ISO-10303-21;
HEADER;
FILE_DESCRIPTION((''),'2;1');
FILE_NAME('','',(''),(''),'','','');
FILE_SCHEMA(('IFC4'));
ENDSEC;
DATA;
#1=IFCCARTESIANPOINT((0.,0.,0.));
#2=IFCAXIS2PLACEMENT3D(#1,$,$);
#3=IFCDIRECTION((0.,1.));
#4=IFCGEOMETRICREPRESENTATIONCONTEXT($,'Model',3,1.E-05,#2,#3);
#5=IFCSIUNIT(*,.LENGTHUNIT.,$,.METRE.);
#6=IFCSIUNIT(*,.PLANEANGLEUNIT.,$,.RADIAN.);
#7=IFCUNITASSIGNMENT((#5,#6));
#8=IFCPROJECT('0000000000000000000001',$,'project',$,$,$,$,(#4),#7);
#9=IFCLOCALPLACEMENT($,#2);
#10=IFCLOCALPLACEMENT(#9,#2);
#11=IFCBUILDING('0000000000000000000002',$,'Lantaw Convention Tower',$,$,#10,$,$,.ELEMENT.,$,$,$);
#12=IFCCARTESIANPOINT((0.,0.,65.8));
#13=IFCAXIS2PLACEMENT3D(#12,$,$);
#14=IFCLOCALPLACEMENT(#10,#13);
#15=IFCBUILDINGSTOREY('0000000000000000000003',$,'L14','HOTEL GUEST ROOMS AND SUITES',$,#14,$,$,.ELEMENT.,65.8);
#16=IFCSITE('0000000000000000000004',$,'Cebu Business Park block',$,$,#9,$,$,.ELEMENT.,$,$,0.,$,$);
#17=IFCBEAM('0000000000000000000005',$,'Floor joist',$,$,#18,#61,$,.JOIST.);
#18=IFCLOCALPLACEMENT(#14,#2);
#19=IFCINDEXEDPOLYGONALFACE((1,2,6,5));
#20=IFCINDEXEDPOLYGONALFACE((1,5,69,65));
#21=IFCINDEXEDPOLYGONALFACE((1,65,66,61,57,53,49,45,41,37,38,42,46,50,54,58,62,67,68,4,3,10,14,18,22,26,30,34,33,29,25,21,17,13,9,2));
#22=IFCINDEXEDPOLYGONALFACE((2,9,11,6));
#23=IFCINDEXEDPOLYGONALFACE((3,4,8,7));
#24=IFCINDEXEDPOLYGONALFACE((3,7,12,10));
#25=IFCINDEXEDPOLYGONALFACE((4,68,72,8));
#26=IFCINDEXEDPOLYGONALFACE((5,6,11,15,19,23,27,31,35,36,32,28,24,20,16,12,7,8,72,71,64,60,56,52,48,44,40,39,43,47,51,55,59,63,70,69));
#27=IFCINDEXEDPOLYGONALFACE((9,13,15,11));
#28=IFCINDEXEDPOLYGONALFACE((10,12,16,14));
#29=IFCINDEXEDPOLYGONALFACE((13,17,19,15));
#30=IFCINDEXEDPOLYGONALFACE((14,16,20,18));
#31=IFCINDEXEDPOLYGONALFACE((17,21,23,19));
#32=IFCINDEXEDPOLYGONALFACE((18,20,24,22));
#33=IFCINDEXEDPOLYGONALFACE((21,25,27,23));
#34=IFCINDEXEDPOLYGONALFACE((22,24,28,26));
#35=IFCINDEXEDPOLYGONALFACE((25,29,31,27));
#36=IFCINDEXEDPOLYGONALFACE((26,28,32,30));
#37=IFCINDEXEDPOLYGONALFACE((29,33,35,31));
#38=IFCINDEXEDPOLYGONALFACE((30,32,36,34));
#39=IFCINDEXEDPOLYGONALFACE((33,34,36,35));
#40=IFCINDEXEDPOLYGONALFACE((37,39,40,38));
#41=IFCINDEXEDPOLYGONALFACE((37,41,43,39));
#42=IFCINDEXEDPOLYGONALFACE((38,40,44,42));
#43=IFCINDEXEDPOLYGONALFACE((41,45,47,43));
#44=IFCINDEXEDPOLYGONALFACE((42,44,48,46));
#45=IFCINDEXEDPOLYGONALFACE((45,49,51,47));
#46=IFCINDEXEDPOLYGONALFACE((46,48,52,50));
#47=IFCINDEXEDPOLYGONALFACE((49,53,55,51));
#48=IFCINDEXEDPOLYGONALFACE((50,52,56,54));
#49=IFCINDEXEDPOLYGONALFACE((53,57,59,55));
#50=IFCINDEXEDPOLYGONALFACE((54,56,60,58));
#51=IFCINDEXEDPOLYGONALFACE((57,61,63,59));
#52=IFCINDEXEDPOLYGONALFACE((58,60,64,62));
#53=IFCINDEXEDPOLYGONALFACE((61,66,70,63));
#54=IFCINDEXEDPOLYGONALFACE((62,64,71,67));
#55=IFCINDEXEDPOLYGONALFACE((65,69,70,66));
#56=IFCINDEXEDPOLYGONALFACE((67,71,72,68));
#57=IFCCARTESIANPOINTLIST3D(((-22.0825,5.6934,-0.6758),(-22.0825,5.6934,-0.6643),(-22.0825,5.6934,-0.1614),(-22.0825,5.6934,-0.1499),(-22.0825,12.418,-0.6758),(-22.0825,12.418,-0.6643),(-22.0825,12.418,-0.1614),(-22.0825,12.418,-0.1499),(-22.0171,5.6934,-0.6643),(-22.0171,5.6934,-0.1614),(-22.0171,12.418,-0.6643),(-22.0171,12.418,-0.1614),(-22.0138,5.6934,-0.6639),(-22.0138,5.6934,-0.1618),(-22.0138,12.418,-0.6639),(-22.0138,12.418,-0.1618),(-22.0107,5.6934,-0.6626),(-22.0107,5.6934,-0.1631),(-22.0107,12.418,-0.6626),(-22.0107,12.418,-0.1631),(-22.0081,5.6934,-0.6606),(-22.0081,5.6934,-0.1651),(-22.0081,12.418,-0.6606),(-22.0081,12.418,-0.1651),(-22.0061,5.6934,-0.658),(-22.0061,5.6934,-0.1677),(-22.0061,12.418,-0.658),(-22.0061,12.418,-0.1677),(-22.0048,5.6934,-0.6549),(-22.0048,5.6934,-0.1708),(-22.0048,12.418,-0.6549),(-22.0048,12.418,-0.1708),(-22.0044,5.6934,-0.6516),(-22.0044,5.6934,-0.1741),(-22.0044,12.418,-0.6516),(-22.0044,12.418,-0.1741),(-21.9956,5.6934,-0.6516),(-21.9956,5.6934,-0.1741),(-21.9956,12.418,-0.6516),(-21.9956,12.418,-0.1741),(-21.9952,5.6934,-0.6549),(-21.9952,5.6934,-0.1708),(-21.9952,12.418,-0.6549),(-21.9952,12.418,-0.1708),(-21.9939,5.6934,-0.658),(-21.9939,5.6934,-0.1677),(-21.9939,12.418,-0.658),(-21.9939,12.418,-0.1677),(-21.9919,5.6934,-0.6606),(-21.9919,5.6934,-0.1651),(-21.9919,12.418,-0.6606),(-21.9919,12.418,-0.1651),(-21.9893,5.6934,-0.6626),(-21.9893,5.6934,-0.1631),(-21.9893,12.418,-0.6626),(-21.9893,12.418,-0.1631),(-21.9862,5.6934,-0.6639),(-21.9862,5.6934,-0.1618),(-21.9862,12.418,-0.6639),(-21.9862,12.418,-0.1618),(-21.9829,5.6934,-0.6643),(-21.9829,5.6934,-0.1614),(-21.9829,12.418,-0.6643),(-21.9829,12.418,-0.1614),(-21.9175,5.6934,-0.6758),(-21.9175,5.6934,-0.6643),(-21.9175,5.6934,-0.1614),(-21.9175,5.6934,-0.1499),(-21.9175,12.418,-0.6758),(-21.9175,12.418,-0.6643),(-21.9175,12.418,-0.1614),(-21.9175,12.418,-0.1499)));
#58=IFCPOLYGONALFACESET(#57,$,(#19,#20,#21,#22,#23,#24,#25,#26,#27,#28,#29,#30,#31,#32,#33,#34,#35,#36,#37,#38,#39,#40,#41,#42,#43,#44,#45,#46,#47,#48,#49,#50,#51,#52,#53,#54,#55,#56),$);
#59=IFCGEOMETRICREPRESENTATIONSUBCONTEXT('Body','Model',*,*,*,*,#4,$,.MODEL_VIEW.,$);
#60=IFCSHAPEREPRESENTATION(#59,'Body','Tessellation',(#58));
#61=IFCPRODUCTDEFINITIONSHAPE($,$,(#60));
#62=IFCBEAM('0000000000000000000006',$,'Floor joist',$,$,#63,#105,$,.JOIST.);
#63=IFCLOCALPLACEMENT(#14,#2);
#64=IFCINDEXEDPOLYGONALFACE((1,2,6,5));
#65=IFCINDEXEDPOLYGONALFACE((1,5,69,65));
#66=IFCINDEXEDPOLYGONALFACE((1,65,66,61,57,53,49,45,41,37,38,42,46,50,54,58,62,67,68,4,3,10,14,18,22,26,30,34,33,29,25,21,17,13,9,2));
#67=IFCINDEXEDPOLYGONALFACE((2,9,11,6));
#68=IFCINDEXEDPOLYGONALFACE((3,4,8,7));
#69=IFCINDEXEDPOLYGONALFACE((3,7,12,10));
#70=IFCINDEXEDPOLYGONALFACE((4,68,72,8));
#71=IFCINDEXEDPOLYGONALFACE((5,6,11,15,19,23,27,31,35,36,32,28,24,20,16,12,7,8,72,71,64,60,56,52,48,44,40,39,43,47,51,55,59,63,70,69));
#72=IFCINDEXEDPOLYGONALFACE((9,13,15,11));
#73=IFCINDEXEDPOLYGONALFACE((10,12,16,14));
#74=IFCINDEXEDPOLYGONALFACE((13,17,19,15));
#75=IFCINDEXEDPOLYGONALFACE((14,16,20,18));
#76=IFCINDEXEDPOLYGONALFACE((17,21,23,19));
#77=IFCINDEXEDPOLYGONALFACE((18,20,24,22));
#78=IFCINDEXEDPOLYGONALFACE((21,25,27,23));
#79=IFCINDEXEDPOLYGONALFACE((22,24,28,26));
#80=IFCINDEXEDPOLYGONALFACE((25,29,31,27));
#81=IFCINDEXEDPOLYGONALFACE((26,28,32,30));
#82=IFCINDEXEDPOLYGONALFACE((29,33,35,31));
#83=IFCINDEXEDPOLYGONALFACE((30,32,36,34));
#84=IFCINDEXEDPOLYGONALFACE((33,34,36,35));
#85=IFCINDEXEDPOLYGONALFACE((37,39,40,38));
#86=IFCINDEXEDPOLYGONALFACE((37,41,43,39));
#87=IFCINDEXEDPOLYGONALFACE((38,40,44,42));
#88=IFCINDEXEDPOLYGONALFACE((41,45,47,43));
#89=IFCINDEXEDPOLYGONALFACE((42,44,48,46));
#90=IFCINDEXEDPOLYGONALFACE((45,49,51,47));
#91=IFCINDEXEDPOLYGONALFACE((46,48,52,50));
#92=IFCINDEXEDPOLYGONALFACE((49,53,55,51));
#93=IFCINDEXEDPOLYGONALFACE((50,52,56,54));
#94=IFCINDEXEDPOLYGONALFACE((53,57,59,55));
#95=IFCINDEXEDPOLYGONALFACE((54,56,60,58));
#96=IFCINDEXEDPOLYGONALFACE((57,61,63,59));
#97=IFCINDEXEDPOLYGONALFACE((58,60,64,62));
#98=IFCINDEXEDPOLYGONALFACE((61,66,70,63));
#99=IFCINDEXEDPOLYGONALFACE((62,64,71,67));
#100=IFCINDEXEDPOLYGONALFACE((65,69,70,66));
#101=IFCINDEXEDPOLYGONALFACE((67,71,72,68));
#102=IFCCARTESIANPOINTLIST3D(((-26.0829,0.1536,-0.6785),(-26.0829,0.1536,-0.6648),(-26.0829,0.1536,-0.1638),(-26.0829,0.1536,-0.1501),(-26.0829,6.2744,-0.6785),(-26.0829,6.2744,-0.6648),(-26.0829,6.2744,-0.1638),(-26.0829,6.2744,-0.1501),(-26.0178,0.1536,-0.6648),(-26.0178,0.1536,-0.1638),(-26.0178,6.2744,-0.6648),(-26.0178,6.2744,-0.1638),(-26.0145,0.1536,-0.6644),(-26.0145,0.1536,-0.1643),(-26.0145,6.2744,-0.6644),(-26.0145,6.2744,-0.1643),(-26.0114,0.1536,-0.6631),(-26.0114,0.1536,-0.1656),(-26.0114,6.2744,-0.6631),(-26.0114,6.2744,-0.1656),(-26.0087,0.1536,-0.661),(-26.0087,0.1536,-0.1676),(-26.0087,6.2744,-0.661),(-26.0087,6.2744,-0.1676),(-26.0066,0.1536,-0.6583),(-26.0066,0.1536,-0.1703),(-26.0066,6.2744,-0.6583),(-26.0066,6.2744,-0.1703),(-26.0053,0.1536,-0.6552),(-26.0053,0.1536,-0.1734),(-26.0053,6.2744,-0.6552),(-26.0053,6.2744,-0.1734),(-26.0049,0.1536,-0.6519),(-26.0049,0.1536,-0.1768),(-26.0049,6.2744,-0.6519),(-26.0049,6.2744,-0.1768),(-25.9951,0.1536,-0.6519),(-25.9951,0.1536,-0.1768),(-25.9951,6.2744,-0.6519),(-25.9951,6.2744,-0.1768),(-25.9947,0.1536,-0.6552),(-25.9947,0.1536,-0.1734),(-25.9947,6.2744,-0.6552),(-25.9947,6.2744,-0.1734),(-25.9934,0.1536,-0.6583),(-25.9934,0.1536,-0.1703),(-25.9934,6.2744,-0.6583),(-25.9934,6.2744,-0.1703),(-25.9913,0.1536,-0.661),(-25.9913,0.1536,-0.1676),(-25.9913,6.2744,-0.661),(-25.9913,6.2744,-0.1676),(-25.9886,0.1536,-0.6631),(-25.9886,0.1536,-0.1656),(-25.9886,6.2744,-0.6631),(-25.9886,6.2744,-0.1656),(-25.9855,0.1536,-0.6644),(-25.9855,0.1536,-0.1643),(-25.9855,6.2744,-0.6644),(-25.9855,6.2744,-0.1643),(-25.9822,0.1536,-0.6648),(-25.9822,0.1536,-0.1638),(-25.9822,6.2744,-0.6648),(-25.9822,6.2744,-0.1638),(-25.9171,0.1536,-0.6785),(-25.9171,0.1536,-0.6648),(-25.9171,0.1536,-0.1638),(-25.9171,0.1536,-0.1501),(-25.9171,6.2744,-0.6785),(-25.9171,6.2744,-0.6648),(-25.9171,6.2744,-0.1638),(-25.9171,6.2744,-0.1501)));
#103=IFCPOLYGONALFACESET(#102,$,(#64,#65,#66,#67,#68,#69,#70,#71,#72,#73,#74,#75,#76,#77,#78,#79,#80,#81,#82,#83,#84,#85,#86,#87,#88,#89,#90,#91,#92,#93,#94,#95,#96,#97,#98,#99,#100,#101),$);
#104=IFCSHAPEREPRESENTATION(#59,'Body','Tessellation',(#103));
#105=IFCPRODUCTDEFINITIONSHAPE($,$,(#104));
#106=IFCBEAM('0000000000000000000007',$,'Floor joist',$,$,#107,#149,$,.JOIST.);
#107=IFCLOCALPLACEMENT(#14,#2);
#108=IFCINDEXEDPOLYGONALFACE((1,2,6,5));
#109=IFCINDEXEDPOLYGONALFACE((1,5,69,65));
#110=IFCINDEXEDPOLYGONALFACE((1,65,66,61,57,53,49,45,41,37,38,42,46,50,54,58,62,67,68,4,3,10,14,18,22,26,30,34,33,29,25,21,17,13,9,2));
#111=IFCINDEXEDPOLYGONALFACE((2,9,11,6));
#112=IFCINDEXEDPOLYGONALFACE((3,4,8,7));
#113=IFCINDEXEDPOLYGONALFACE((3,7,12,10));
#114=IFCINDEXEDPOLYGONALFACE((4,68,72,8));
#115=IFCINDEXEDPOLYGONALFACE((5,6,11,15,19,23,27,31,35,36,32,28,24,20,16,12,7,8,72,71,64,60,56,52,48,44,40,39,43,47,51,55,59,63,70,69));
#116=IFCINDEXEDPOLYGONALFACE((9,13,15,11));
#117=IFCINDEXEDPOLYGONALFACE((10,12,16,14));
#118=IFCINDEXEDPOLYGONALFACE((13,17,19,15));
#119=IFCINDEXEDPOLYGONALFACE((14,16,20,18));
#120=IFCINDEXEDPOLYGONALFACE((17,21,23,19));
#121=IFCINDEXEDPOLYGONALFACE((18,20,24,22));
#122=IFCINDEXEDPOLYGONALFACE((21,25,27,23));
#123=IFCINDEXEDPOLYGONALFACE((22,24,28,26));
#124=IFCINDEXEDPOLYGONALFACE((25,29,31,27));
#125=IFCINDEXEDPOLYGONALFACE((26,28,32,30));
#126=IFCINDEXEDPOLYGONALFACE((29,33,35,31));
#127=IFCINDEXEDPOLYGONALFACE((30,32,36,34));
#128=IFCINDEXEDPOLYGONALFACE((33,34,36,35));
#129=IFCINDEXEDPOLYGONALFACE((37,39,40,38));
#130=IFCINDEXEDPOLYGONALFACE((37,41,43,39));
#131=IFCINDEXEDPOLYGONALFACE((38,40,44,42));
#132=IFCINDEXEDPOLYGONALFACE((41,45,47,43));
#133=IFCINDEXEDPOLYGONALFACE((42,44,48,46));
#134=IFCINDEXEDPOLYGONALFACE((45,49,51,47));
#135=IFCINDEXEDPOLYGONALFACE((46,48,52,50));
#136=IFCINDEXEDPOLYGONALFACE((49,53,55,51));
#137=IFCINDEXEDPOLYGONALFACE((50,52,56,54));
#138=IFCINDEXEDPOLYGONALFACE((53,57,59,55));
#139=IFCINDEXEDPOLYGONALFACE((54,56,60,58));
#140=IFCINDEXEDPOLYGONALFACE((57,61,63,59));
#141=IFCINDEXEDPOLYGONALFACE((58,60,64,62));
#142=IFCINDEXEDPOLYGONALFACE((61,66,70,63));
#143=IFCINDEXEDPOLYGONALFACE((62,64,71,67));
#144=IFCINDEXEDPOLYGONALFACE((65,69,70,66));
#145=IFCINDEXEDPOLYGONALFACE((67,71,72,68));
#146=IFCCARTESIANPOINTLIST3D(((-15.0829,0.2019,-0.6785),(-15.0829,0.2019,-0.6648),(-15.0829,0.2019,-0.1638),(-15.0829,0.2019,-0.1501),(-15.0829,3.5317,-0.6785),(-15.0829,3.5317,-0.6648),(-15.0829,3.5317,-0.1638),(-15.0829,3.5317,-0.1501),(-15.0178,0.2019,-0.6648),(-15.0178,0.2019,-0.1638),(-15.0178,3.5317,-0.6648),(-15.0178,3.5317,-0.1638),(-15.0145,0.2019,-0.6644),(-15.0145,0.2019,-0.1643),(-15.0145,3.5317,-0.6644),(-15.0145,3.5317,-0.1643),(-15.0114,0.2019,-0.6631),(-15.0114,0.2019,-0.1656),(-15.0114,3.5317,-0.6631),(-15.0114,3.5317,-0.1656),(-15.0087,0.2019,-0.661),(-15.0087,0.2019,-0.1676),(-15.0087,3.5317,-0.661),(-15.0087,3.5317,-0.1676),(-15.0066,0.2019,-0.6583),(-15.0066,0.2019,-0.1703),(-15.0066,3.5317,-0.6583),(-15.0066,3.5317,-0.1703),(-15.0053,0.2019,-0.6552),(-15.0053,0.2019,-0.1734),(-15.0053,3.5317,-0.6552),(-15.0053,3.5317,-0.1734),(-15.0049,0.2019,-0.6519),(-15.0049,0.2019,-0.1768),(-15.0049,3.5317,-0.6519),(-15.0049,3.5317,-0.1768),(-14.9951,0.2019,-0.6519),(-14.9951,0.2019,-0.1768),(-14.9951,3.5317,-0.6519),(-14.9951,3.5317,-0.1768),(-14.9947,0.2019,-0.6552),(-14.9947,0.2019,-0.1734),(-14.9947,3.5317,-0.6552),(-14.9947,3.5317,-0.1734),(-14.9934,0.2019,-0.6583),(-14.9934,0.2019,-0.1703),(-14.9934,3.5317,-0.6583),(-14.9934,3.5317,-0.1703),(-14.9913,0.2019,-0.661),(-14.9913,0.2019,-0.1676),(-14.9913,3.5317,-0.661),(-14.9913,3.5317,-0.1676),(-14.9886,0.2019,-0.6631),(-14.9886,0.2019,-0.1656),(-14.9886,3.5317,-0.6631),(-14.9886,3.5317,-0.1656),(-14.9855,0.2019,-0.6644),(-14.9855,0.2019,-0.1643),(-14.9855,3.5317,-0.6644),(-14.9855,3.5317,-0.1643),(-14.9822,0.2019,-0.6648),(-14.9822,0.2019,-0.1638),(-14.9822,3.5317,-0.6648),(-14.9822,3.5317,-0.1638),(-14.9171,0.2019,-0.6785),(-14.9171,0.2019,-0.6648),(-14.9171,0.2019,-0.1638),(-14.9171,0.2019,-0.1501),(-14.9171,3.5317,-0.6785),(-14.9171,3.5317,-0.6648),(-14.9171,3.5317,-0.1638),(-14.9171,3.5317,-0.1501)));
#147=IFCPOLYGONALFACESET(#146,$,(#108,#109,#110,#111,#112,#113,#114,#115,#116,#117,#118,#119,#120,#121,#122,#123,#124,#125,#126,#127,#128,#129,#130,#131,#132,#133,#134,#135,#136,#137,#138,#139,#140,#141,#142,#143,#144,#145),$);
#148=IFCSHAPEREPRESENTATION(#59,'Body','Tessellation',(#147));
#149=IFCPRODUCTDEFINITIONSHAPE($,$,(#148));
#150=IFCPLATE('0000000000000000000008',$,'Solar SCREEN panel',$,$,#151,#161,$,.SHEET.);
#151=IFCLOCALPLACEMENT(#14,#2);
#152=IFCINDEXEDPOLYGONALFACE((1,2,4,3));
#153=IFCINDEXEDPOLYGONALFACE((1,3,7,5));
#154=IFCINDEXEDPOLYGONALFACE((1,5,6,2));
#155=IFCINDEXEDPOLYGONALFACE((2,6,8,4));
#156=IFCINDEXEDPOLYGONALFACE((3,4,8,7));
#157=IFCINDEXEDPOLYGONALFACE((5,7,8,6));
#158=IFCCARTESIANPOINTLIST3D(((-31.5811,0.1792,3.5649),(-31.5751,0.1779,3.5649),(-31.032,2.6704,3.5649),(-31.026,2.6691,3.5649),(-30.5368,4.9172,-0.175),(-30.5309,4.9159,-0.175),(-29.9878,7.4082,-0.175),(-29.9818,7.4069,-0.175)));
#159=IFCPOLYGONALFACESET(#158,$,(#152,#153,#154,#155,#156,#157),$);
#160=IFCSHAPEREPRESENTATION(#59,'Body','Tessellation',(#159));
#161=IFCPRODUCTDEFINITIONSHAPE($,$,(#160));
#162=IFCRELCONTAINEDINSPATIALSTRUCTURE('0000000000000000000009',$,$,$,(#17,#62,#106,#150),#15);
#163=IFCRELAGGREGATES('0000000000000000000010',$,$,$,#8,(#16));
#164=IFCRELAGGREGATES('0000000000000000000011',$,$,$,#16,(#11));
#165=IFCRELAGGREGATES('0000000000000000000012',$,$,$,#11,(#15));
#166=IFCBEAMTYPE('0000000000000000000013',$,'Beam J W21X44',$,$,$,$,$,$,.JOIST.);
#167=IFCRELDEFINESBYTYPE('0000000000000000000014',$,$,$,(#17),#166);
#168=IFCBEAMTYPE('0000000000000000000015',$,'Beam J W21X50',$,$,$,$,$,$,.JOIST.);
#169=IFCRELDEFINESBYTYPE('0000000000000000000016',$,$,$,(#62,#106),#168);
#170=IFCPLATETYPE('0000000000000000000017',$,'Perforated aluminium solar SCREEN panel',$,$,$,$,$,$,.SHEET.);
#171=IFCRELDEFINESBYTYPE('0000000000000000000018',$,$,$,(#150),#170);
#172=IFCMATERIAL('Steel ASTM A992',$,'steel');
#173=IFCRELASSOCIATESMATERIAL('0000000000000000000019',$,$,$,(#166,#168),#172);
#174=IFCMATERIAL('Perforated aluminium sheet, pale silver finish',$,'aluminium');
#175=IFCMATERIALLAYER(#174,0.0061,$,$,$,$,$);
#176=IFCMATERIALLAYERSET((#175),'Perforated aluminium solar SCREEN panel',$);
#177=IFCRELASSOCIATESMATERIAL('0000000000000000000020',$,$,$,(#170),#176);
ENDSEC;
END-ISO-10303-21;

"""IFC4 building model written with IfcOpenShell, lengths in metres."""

from ifc_helpers import new_model, si_unit, direction, frame, origin, origin_2d, place, context, subcontext, project, spatial, polyline, i_section, outline, extrude, material, layer, layer_set, material_profile, profile_set, type_object, element, save


model = new_model("IFC4")

# Units and contexts
model_context = context("Model", 3, precision=1e-05, world=origin(), true_north=direction((0.0, 1.0)))
body_context = subcontext(model_context, "Body", "Model", "MODEL_VIEW")
ifc_project = project(units=[si_unit("LENGTHUNIT", "METRE"), si_unit("PLANEANGLEUNIT", "RADIAN")], contexts=[model_context])

# Site, building, storey
site_placement = place(None, origin())
site = spatial("IfcSite", under=ifc_project, at=site_placement, Name="Cebu Business Park block", CompositionType="ELEMENT", RefElevation=0.0)
building_placement = place(site_placement, origin())
building = spatial("IfcBuilding", under=site, at=building_placement, Name="Lantaw Convention Tower", CompositionType="ELEMENT")
storey_placement = place(building_placement, frame((0.0, 0.0, 65.8)))
storey = spatial("IfcBuildingStorey", under=building, at=storey_placement, Name="L14", Description="HOTEL GUEST ROOMS AND SUITES", CompositionType="ELEMENT", Elevation=65.8)

# Beams
ifc_material_1 = material(Name="Steel ASTM A992", Category="steel")
ifc_material_profile_1 = material_profile(ifc_material_1, i_section(OverallWidth=0.165, OverallDepth=0.5259, WebThickness=0.0088, FlangeThickness=0.0115, FilletRadius=0.0127, at=origin_2d()), Name="W21X44")
ifc_profile_set_1 = profile_set([ifc_material_profile_1], Name="Steel ASTM A992")
beam_type_1 = type_object("IfcBeamType", Name="Beam J W21X44", PredefinedType="JOIST", material=ifc_profile_set_1)
beam_1_placement = place(storey_placement, frame((-22.0, 5.6934, -0.4128), z_axis=(0.0, 1.0, 0.0), x_axis=(-1.0, 0.0, 0.0)))
element("IfcBeam", 1, at=beam_1_placement, inside=storey, type_object=beam_type_1, Name="Floor joist", PredefinedType="JOIST", context=body_context, shape_type="SweptSolid", body=[
    extrude(i_section(OverallWidth=0.165, OverallDepth=0.5259, WebThickness=0.0088, FlangeThickness=0.0115, FilletRadius=0.0127, at=origin_2d()), origin(), (0.0, 0.0, 1.0), 6.7246),
])
ifc_material_profile_2 = material_profile(ifc_material_1, i_section(OverallWidth=0.1658, OverallDepth=0.5283, WebThickness=0.0098, FlangeThickness=0.0137, FilletRadius=0.0129, at=origin_2d()), Name="W21X50")
ifc_profile_set_2 = profile_set([ifc_material_profile_2], Name="Steel ASTM A992")
beam_type_2 = type_object("IfcBeamType", Name="Beam J W21X50", PredefinedType="JOIST", material=ifc_profile_set_2)
beam_2_placement = place(storey_placement, frame((-26.0, 0.1536, -0.4143), z_axis=(0.0, 1.0, 0.0), x_axis=(-1.0, 0.0, 0.0)))
element("IfcBeam", 2, at=beam_2_placement, inside=storey, type_object=beam_type_2, Name="Floor joist", PredefinedType="JOIST", context=body_context, shape_type="SweptSolid", body=[
    extrude(i_section(OverallWidth=0.1658, OverallDepth=0.5283, WebThickness=0.0098, FlangeThickness=0.0137, FilletRadius=0.0129, at=origin_2d()), origin(), (0.0, 0.0, 1.0), 6.1208),
])
beam_3_placement = place(storey_placement, frame((-15.0, 0.2019, -0.4143), z_axis=(0.0, 1.0, 0.0), x_axis=(-1.0, 0.0, 0.0)))
element("IfcBeam", 3, at=beam_3_placement, inside=storey, type_object=beam_type_2, Name="Floor joist", PredefinedType="JOIST", context=body_context, shape_type="SweptSolid", body=[
    extrude(i_section(OverallWidth=0.1658, OverallDepth=0.5283, WebThickness=0.0098, FlangeThickness=0.0137, FilletRadius=0.0129, at=origin_2d()), origin(), (0.0, 0.0, 1.0), 3.3298),
])

# Plate
ifc_material_2 = material(Name="Perforated aluminium sheet, pale silver finish", Category="aluminium")
ifc_layer_1 = layer(ifc_material_2, 0.0061)
ifc_layer_set_1 = layer_set([ifc_layer_1], Name="Perforated aluminium solar SCREEN panel")
plate_type = type_object("IfcPlateType", Name="Perforated aluminium solar SCREEN panel", PredefinedType="SHEET", material=ifc_layer_set_1)
plate_placement = place(storey_placement, frame((-29.9878, 7.4082, -0.175), z_axis=(-0.976559, 0.215248, 0.00003), x_axis=(-0.215248, -0.976559, 0.0)))
element("IfcPlate", 4, at=plate_placement, inside=storey, type_object=plate_type, Name="Solar SCREEN panel", PredefinedType="SHEET", context=body_context, shape_type="SweptSolid", body=[
    extrude(outline(polyline([(0.0, 0.0), (2.5508, 0.0), (7.4025, 3.74), (4.8515, 3.74), (0.0, 0.0)])), origin(), (0.0, 0.0, -1.0), 0.0061),
])

save(model, "model.ifc")
